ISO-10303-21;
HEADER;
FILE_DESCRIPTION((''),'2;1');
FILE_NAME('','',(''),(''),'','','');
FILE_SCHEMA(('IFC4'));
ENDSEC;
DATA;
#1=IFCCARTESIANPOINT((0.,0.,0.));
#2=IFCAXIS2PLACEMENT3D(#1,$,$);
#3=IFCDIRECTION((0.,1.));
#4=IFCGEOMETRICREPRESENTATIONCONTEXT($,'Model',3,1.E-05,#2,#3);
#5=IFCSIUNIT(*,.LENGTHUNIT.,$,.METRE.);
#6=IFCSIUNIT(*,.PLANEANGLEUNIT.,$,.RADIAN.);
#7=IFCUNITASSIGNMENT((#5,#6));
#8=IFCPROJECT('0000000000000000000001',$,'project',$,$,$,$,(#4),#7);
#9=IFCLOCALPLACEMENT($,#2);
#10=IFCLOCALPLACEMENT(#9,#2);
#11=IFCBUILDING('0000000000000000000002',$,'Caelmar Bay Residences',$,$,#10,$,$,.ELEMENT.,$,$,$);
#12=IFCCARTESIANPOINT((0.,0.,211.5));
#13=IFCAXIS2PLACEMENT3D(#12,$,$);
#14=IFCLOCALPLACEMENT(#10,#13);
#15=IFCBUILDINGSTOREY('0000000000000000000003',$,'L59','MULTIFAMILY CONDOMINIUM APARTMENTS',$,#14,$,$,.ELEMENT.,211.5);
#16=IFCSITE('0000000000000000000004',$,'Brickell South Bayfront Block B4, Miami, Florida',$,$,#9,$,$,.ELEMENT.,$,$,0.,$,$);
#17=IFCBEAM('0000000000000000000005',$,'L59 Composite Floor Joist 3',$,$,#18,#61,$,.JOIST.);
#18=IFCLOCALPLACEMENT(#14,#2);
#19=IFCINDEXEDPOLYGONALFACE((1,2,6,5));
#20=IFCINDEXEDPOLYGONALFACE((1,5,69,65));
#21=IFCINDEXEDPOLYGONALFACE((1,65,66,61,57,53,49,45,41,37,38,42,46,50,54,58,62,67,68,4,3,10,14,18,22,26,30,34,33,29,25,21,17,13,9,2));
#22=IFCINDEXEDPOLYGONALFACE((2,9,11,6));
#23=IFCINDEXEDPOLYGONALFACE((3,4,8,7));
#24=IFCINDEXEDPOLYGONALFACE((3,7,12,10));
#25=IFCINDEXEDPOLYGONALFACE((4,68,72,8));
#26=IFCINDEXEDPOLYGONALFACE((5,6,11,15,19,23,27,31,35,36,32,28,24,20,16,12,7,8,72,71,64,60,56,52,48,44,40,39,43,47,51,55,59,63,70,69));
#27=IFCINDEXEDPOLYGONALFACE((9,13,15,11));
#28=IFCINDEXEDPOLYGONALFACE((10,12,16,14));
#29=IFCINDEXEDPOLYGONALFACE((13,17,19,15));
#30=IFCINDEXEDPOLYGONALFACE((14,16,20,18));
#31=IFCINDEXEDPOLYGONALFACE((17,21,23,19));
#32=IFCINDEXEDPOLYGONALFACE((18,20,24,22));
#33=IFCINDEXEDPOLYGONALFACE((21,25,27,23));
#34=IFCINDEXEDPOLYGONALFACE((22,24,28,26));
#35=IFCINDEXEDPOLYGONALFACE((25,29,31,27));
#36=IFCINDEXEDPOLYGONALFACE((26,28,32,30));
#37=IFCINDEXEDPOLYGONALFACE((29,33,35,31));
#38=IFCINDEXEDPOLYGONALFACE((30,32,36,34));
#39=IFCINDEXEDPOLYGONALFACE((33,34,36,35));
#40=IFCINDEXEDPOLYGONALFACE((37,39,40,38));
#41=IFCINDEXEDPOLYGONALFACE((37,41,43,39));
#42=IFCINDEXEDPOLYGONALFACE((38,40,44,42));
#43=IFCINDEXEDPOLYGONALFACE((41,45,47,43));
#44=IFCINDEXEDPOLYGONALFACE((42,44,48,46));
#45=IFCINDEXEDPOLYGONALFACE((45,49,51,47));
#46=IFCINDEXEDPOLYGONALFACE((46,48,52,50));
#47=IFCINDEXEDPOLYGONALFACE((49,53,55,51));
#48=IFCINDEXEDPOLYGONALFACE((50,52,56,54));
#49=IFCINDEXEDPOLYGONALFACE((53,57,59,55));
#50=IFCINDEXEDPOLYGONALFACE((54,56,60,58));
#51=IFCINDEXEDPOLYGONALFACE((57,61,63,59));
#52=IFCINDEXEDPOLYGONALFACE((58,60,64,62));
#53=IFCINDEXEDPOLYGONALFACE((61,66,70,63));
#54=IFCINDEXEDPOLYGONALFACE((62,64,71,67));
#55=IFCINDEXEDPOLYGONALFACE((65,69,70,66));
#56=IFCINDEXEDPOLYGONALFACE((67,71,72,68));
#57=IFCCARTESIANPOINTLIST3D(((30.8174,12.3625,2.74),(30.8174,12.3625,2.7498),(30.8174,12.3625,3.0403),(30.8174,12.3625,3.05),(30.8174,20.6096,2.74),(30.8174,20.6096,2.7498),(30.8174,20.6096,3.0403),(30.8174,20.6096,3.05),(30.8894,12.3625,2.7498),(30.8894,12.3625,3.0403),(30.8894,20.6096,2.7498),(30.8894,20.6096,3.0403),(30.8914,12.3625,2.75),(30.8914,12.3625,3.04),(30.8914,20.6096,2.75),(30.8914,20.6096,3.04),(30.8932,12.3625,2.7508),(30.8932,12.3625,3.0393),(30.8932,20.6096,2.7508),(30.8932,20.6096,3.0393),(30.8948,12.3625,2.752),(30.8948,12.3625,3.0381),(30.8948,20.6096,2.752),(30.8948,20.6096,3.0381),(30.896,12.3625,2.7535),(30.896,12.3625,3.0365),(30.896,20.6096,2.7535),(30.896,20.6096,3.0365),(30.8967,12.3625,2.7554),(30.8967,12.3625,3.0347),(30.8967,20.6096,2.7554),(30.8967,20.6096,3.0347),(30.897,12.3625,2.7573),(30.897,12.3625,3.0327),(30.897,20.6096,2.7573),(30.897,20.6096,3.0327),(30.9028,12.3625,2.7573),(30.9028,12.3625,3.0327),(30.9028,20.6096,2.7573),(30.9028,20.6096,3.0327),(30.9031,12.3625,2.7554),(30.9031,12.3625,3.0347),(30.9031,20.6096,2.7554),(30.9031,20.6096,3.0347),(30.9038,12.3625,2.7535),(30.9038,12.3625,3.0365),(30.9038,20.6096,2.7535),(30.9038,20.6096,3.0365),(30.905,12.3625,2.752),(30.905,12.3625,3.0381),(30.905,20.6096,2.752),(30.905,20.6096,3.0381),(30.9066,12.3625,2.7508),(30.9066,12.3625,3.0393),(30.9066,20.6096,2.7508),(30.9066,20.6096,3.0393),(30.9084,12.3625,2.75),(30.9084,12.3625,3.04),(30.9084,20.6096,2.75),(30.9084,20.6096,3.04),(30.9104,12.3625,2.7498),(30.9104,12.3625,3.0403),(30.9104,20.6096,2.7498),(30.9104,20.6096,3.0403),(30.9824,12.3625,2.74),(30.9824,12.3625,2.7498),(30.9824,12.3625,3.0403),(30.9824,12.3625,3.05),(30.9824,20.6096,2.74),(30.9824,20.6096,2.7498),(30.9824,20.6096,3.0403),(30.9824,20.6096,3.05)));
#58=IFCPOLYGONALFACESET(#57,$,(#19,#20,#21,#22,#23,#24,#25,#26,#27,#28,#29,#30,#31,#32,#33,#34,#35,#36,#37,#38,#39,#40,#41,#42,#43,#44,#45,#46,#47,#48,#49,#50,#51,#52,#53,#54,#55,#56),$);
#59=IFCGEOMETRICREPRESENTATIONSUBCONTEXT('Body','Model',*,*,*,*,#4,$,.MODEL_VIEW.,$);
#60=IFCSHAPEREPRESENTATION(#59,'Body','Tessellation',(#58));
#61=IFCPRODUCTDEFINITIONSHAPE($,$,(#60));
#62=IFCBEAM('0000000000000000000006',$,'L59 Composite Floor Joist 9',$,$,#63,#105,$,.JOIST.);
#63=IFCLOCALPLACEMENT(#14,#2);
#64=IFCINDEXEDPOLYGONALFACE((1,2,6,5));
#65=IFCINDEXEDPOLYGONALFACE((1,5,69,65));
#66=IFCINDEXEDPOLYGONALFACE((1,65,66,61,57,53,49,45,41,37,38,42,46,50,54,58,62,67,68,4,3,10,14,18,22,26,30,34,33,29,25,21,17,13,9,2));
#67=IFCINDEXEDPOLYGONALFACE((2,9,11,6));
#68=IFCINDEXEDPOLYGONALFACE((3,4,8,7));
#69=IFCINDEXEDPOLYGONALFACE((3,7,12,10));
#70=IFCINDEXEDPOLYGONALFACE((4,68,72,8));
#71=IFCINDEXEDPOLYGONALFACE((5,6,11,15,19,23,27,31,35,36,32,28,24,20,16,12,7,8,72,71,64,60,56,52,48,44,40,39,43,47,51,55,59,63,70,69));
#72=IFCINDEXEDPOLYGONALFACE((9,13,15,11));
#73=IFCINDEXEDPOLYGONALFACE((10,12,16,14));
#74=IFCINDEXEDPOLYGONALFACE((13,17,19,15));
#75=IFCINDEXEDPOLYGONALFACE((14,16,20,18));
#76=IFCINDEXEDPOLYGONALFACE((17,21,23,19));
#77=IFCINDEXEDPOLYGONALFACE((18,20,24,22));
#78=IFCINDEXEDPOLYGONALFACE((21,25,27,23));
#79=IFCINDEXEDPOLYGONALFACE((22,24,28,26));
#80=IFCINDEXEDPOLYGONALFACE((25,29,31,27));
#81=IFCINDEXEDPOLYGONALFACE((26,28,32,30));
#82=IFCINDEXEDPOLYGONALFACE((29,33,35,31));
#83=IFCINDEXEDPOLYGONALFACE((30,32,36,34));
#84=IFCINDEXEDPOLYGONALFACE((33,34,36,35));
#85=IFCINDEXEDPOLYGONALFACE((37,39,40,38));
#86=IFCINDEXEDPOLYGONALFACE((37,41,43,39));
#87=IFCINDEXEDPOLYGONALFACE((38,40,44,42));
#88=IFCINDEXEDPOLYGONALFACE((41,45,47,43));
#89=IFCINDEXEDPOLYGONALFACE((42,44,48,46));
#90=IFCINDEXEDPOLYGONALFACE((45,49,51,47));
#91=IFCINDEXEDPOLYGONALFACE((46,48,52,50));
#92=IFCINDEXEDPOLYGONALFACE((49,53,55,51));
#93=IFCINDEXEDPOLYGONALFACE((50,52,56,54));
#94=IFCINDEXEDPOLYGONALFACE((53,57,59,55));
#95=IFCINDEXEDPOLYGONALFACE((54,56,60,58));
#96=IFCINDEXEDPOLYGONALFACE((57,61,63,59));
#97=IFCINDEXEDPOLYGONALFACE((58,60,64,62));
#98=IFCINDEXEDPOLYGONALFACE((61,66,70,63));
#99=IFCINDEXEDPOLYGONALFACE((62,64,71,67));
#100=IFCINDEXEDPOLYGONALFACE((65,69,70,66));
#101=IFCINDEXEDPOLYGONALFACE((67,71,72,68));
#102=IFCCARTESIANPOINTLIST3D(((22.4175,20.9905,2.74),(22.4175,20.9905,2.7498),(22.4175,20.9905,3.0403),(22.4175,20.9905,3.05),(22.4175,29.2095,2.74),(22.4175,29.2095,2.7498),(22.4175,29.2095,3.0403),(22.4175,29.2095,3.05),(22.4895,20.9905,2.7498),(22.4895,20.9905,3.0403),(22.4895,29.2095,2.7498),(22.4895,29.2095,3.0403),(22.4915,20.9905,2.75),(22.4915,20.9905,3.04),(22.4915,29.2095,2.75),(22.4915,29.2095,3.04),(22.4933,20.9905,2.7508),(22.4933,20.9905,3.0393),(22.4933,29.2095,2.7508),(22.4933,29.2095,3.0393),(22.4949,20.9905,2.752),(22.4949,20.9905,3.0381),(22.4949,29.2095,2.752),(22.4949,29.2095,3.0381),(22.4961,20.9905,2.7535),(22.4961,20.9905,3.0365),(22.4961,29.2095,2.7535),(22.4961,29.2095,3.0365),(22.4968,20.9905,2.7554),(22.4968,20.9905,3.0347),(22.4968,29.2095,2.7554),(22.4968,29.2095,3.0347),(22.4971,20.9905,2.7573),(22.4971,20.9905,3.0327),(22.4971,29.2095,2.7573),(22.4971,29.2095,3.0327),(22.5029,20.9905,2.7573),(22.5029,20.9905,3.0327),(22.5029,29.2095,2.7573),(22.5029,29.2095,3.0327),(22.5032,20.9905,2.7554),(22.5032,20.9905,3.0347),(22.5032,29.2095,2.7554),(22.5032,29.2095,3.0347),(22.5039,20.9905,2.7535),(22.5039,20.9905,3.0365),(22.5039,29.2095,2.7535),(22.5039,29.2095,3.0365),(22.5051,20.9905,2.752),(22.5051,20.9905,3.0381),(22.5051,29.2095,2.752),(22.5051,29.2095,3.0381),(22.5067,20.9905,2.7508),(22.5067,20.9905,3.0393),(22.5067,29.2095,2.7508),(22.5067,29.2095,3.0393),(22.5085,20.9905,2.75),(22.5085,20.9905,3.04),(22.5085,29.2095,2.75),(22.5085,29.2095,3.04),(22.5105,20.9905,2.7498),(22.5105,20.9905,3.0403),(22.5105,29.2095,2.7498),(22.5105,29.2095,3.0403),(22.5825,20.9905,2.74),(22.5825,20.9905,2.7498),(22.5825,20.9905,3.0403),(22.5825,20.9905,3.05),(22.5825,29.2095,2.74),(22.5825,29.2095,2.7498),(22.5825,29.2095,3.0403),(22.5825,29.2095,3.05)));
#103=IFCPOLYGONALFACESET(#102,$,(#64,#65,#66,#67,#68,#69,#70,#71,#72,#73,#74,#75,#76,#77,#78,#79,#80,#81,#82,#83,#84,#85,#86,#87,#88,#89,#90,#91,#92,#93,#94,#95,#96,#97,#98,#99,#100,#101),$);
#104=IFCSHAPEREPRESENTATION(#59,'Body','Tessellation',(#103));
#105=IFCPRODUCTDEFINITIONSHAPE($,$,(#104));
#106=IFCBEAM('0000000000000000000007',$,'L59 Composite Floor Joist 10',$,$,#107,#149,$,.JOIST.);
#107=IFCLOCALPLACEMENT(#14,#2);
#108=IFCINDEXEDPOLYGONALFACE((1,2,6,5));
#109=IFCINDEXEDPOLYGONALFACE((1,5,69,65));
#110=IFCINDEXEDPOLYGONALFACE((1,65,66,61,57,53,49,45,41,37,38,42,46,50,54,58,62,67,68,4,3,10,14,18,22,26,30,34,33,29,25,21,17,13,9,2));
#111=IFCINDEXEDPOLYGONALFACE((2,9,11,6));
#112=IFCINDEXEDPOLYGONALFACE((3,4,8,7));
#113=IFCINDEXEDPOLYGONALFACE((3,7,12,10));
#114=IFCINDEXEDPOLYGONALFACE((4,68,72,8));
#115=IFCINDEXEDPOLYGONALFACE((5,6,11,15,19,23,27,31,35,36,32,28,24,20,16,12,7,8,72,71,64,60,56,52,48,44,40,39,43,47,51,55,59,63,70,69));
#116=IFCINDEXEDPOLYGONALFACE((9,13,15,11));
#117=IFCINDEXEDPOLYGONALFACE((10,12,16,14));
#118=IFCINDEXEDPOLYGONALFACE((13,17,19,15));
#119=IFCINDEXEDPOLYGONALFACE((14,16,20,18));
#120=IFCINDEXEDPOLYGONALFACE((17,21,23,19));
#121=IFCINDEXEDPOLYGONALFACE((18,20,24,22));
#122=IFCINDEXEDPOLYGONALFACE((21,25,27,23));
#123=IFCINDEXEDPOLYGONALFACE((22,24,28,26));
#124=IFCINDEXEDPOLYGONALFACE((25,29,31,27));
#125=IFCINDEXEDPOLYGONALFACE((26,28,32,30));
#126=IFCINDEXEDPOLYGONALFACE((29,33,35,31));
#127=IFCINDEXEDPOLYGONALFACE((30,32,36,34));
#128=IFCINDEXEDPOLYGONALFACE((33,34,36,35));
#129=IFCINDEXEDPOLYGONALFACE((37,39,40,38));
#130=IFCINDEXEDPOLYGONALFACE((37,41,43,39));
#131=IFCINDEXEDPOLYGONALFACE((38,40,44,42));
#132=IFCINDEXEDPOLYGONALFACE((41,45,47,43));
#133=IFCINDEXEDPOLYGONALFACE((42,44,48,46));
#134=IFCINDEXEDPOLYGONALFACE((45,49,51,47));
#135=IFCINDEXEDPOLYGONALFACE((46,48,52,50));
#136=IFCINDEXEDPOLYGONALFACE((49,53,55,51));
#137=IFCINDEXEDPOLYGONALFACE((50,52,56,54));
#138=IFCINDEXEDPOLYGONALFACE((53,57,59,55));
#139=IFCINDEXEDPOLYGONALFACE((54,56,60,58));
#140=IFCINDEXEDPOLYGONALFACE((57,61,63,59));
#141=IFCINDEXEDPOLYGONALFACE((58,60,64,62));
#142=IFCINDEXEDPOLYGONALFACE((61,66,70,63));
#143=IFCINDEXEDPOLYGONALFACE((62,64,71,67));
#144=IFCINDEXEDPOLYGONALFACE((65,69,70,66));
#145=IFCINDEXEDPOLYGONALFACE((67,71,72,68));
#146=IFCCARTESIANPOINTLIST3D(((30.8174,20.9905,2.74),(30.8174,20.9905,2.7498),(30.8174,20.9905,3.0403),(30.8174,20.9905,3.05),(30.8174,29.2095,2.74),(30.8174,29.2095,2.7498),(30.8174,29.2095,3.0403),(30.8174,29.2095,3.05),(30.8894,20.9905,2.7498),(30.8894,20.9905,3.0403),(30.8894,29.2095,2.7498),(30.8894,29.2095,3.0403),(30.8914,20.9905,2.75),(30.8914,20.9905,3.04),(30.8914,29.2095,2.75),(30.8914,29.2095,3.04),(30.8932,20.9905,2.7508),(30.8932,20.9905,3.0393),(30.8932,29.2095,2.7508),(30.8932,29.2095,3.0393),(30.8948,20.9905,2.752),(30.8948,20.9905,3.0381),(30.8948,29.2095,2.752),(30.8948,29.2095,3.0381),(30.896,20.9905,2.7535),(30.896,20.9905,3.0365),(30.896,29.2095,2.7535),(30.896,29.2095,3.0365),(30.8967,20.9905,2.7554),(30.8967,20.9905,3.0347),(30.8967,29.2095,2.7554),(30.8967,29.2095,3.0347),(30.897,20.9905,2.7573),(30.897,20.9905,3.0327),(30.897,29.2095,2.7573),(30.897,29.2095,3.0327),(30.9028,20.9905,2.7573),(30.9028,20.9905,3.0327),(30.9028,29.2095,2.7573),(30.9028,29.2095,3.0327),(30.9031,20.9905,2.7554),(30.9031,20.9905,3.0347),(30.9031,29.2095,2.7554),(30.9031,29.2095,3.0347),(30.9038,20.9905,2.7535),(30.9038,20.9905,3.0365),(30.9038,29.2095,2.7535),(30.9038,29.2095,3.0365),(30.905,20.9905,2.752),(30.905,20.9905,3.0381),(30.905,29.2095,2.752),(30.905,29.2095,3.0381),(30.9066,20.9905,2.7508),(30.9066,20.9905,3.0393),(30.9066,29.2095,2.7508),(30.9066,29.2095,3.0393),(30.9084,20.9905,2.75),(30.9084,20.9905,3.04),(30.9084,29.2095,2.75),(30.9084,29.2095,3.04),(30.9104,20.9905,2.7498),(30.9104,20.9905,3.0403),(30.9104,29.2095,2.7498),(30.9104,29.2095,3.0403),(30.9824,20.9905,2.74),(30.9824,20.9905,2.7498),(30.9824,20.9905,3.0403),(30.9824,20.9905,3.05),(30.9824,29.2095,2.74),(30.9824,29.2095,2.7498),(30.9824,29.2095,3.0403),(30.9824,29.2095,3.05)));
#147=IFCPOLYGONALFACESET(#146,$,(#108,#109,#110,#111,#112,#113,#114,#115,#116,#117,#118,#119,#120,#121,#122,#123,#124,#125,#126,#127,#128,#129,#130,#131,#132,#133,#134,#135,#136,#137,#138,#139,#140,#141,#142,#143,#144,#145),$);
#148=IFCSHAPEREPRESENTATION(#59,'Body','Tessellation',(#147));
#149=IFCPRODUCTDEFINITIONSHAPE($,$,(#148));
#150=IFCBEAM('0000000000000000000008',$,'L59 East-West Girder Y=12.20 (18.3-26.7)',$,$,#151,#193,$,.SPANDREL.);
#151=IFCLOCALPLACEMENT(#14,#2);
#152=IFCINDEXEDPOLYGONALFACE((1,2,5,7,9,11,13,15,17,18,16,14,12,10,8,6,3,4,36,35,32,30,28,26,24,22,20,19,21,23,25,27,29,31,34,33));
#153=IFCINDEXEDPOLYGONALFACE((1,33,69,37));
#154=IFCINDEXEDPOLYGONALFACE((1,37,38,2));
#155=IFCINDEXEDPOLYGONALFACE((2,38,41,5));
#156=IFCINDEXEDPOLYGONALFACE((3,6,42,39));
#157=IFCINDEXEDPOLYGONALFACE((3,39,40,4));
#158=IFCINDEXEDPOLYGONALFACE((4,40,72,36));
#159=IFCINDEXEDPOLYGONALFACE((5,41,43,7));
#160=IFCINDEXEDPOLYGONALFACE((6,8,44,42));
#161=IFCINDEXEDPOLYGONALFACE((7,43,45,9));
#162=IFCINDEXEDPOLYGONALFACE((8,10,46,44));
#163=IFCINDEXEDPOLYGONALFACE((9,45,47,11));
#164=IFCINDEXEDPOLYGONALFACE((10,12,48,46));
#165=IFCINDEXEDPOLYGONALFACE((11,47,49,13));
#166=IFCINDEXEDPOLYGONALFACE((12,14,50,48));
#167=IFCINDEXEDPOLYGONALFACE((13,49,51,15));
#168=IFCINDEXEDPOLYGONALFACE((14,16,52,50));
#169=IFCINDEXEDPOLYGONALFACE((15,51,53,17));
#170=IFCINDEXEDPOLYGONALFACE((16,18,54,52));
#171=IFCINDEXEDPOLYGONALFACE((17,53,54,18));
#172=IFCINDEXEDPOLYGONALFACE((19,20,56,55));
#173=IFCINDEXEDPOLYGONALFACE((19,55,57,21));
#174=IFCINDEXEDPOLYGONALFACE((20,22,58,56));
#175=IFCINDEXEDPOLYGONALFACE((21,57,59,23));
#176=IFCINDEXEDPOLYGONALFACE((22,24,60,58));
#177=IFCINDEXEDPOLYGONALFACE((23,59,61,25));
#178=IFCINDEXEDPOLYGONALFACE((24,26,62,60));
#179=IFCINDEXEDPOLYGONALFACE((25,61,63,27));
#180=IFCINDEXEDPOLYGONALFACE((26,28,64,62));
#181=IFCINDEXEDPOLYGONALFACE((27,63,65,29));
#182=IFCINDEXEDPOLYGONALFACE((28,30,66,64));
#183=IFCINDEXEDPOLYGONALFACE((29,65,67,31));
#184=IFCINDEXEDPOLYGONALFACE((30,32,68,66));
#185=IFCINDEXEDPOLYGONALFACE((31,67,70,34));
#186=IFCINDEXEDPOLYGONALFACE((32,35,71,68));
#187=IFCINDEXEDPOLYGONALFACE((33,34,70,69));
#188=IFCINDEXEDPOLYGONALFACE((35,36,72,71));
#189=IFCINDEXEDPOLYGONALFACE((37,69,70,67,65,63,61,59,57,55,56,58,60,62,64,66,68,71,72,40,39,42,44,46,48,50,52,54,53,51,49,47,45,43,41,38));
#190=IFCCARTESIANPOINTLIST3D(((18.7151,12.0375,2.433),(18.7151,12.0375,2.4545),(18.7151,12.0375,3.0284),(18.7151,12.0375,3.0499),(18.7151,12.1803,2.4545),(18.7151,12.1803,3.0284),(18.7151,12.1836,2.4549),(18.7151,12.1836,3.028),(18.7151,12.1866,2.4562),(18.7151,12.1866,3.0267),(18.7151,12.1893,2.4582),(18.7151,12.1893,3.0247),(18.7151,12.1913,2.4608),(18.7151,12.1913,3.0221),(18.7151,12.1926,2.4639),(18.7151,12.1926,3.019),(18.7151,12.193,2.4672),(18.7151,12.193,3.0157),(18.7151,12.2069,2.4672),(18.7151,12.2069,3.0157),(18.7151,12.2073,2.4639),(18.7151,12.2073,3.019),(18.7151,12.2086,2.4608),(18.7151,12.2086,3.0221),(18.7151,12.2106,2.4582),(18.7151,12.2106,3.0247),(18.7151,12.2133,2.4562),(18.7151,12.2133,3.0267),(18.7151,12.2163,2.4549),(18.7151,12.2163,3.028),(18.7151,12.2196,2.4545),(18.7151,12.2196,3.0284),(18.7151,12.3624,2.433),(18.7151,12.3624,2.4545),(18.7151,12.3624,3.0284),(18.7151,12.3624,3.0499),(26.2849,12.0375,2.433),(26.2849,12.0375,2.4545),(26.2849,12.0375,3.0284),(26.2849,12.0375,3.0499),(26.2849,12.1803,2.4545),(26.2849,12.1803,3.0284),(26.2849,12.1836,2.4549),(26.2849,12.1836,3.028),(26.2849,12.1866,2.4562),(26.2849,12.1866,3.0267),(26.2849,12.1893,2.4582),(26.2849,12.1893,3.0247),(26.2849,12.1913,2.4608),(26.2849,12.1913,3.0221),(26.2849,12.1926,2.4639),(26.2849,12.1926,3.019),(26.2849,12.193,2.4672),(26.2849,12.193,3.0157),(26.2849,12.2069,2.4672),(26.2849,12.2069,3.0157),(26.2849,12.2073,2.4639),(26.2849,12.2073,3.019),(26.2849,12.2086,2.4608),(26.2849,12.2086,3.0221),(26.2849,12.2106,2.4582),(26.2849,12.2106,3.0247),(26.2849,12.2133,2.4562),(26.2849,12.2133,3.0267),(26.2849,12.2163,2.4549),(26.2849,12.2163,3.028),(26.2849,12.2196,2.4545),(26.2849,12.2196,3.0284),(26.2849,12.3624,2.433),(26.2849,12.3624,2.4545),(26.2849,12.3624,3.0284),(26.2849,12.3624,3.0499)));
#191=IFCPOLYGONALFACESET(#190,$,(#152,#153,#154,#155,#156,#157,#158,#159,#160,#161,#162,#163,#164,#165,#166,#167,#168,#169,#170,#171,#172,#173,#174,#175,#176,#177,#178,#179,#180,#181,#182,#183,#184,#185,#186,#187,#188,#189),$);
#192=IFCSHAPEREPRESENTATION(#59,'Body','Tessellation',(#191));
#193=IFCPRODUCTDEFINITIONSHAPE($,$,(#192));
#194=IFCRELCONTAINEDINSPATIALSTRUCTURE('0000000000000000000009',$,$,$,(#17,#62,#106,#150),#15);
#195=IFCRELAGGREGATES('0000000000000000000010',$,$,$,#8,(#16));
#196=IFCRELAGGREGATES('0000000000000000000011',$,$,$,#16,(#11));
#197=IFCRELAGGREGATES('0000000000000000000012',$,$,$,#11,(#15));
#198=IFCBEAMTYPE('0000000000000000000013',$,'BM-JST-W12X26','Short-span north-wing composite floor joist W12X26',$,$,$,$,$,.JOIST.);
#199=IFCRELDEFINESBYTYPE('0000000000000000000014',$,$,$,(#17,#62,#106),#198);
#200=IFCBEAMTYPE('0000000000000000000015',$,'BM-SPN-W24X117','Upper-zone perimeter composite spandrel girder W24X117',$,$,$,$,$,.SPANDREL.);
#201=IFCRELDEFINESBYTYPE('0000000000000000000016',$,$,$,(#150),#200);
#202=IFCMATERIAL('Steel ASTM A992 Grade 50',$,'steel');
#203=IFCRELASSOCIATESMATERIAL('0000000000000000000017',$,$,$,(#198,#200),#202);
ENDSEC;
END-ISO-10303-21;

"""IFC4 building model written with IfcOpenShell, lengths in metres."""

from ifc_helpers import new_model, si_unit, direction, frame, origin, origin_2d, place, context, subcontext, project, spatial, i_section, extrude, material, material_profile, profile_set, type_object, element, save


model = new_model("IFC4")

# Units and contexts
model_context = context("Model", 3, precision=1e-05, world=origin(), true_north=direction((0.0, 1.0)))
body_context = subcontext(model_context, "Body", "Model", "MODEL_VIEW")
ifc_project = project(units=[si_unit("LENGTHUNIT", "METRE"), si_unit("PLANEANGLEUNIT", "RADIAN")], contexts=[model_context])

# Site, building, storey
site_placement = place(None, origin())
site = spatial("IfcSite", under=ifc_project, at=site_placement, Name="Brickell South Bayfront Block B4, Miami, Florida", CompositionType="ELEMENT", RefElevation=0.0)
building_placement = place(site_placement, origin())
building = spatial("IfcBuilding", under=site, at=building_placement, Name="Caelmar Bay Residences", CompositionType="ELEMENT")
storey_placement = place(building_placement, frame((0.0, 0.0, 211.5)))
storey = spatial("IfcBuildingStorey", under=building, at=storey_placement, Name="L59", Description="MULTIFAMILY CONDOMINIUM APARTMENTS", CompositionType="ELEMENT", Elevation=211.5)

# Beams
ifc_material_1 = material(Name="Steel ASTM A992 Grade 50", Category="steel")
ifc_material_profile_1 = material_profile(ifc_material_1, i_section(OverallWidth=0.165, OverallDepth=0.3101, WebThickness=0.0059, FlangeThickness=0.0098, FilletRadius=0.0076, at=origin_2d()), Name="W12X26")
ifc_profile_set_1 = profile_set([ifc_material_profile_1], Name="Steel ASTM A992 Grade 50")
beam_type_1 = type_object("IfcBeamType", Name="BM-JST-W12X26", Description="Short-span north-wing composite floor joist W12X26", PredefinedType="JOIST", material=ifc_profile_set_1)
for number, where, z_axis, x_axis, name in (
    (1, (30.8999, 12.3625, 2.895), (0.0, 1.0, 0.0), (-1.0, 0.0, 0.0), "L59 Composite Floor Joist 3"),
):
    element("IfcBeam", number, at=place(storey_placement, frame(where, z_axis=z_axis, x_axis=x_axis)), inside=storey, type_object=beam_type_1, Name=name, PredefinedType="JOIST", context=body_context, shape_type="SweptSolid", body=[
        extrude(i_section(OverallWidth=0.165, OverallDepth=0.3101, WebThickness=0.0059, FlangeThickness=0.0098, FilletRadius=0.0076, at=origin_2d()), origin(), (0.0, 0.0, 1.0), 8.2471),
    ])
for number, where, z_axis, x_axis, name in (
    (2, (22.5, 20.9905, 2.895), (0.0, 1.0, 0.0), (-1.0, 0.0, 0.0), "L59 Composite Floor Joist 9"),
    (3, (30.8999, 20.9905, 2.895), (0.0, 1.0, 0.0), (-1.0, 0.0, 0.0), "L59 Composite Floor Joist 10"),
):
    element("IfcBeam", number, at=place(storey_placement, frame(where, z_axis=z_axis, x_axis=x_axis)), inside=storey, type_object=beam_type_1, Name=name, PredefinedType="JOIST", context=body_context, shape_type="SweptSolid", body=[
        extrude(i_section(OverallWidth=0.165, OverallDepth=0.3101, WebThickness=0.0059, FlangeThickness=0.0098, FilletRadius=0.0076, at=origin_2d()), origin(), (0.0, 0.0, 1.0), 8.219),
    ])
ifc_material_profile_2 = material_profile(ifc_material_1, i_section(OverallWidth=0.325, OverallDepth=0.6169, WebThickness=0.0139, FlangeThickness=0.0215, FilletRadius=0.0127, at=origin_2d()), Name="W24X117")
ifc_profile_set_2 = profile_set([ifc_material_profile_2], Name="Steel ASTM A992 Grade 50")
beam_type_2 = type_object("IfcBeamType", Name="BM-SPN-W24X117", Description="Upper-zone perimeter composite spandrel girder W24X117", PredefinedType="SPANDREL", material=ifc_profile_set_2)
beam_1_placement = place(storey_placement, frame((18.7151, 12.2, 2.7415), z_axis=(1.0, 0.0, 0.0), x_axis=(0.0, 1.0, 0.0)))
element("IfcBeam", 4, at=beam_1_placement, inside=storey, type_object=beam_type_2, Name="L59 East-West Girder Y=12.20 (18.3-26.7)", PredefinedType="SPANDREL", context=body_context, shape_type="SweptSolid", body=[
    extrude(i_section(OverallWidth=0.325, OverallDepth=0.6169, WebThickness=0.0139, FlangeThickness=0.0215, FilletRadius=0.0127, at=origin_2d()), origin(), (0.0, 0.0, 1.0), 7.5698),
])

save(model, "model.ifc")
